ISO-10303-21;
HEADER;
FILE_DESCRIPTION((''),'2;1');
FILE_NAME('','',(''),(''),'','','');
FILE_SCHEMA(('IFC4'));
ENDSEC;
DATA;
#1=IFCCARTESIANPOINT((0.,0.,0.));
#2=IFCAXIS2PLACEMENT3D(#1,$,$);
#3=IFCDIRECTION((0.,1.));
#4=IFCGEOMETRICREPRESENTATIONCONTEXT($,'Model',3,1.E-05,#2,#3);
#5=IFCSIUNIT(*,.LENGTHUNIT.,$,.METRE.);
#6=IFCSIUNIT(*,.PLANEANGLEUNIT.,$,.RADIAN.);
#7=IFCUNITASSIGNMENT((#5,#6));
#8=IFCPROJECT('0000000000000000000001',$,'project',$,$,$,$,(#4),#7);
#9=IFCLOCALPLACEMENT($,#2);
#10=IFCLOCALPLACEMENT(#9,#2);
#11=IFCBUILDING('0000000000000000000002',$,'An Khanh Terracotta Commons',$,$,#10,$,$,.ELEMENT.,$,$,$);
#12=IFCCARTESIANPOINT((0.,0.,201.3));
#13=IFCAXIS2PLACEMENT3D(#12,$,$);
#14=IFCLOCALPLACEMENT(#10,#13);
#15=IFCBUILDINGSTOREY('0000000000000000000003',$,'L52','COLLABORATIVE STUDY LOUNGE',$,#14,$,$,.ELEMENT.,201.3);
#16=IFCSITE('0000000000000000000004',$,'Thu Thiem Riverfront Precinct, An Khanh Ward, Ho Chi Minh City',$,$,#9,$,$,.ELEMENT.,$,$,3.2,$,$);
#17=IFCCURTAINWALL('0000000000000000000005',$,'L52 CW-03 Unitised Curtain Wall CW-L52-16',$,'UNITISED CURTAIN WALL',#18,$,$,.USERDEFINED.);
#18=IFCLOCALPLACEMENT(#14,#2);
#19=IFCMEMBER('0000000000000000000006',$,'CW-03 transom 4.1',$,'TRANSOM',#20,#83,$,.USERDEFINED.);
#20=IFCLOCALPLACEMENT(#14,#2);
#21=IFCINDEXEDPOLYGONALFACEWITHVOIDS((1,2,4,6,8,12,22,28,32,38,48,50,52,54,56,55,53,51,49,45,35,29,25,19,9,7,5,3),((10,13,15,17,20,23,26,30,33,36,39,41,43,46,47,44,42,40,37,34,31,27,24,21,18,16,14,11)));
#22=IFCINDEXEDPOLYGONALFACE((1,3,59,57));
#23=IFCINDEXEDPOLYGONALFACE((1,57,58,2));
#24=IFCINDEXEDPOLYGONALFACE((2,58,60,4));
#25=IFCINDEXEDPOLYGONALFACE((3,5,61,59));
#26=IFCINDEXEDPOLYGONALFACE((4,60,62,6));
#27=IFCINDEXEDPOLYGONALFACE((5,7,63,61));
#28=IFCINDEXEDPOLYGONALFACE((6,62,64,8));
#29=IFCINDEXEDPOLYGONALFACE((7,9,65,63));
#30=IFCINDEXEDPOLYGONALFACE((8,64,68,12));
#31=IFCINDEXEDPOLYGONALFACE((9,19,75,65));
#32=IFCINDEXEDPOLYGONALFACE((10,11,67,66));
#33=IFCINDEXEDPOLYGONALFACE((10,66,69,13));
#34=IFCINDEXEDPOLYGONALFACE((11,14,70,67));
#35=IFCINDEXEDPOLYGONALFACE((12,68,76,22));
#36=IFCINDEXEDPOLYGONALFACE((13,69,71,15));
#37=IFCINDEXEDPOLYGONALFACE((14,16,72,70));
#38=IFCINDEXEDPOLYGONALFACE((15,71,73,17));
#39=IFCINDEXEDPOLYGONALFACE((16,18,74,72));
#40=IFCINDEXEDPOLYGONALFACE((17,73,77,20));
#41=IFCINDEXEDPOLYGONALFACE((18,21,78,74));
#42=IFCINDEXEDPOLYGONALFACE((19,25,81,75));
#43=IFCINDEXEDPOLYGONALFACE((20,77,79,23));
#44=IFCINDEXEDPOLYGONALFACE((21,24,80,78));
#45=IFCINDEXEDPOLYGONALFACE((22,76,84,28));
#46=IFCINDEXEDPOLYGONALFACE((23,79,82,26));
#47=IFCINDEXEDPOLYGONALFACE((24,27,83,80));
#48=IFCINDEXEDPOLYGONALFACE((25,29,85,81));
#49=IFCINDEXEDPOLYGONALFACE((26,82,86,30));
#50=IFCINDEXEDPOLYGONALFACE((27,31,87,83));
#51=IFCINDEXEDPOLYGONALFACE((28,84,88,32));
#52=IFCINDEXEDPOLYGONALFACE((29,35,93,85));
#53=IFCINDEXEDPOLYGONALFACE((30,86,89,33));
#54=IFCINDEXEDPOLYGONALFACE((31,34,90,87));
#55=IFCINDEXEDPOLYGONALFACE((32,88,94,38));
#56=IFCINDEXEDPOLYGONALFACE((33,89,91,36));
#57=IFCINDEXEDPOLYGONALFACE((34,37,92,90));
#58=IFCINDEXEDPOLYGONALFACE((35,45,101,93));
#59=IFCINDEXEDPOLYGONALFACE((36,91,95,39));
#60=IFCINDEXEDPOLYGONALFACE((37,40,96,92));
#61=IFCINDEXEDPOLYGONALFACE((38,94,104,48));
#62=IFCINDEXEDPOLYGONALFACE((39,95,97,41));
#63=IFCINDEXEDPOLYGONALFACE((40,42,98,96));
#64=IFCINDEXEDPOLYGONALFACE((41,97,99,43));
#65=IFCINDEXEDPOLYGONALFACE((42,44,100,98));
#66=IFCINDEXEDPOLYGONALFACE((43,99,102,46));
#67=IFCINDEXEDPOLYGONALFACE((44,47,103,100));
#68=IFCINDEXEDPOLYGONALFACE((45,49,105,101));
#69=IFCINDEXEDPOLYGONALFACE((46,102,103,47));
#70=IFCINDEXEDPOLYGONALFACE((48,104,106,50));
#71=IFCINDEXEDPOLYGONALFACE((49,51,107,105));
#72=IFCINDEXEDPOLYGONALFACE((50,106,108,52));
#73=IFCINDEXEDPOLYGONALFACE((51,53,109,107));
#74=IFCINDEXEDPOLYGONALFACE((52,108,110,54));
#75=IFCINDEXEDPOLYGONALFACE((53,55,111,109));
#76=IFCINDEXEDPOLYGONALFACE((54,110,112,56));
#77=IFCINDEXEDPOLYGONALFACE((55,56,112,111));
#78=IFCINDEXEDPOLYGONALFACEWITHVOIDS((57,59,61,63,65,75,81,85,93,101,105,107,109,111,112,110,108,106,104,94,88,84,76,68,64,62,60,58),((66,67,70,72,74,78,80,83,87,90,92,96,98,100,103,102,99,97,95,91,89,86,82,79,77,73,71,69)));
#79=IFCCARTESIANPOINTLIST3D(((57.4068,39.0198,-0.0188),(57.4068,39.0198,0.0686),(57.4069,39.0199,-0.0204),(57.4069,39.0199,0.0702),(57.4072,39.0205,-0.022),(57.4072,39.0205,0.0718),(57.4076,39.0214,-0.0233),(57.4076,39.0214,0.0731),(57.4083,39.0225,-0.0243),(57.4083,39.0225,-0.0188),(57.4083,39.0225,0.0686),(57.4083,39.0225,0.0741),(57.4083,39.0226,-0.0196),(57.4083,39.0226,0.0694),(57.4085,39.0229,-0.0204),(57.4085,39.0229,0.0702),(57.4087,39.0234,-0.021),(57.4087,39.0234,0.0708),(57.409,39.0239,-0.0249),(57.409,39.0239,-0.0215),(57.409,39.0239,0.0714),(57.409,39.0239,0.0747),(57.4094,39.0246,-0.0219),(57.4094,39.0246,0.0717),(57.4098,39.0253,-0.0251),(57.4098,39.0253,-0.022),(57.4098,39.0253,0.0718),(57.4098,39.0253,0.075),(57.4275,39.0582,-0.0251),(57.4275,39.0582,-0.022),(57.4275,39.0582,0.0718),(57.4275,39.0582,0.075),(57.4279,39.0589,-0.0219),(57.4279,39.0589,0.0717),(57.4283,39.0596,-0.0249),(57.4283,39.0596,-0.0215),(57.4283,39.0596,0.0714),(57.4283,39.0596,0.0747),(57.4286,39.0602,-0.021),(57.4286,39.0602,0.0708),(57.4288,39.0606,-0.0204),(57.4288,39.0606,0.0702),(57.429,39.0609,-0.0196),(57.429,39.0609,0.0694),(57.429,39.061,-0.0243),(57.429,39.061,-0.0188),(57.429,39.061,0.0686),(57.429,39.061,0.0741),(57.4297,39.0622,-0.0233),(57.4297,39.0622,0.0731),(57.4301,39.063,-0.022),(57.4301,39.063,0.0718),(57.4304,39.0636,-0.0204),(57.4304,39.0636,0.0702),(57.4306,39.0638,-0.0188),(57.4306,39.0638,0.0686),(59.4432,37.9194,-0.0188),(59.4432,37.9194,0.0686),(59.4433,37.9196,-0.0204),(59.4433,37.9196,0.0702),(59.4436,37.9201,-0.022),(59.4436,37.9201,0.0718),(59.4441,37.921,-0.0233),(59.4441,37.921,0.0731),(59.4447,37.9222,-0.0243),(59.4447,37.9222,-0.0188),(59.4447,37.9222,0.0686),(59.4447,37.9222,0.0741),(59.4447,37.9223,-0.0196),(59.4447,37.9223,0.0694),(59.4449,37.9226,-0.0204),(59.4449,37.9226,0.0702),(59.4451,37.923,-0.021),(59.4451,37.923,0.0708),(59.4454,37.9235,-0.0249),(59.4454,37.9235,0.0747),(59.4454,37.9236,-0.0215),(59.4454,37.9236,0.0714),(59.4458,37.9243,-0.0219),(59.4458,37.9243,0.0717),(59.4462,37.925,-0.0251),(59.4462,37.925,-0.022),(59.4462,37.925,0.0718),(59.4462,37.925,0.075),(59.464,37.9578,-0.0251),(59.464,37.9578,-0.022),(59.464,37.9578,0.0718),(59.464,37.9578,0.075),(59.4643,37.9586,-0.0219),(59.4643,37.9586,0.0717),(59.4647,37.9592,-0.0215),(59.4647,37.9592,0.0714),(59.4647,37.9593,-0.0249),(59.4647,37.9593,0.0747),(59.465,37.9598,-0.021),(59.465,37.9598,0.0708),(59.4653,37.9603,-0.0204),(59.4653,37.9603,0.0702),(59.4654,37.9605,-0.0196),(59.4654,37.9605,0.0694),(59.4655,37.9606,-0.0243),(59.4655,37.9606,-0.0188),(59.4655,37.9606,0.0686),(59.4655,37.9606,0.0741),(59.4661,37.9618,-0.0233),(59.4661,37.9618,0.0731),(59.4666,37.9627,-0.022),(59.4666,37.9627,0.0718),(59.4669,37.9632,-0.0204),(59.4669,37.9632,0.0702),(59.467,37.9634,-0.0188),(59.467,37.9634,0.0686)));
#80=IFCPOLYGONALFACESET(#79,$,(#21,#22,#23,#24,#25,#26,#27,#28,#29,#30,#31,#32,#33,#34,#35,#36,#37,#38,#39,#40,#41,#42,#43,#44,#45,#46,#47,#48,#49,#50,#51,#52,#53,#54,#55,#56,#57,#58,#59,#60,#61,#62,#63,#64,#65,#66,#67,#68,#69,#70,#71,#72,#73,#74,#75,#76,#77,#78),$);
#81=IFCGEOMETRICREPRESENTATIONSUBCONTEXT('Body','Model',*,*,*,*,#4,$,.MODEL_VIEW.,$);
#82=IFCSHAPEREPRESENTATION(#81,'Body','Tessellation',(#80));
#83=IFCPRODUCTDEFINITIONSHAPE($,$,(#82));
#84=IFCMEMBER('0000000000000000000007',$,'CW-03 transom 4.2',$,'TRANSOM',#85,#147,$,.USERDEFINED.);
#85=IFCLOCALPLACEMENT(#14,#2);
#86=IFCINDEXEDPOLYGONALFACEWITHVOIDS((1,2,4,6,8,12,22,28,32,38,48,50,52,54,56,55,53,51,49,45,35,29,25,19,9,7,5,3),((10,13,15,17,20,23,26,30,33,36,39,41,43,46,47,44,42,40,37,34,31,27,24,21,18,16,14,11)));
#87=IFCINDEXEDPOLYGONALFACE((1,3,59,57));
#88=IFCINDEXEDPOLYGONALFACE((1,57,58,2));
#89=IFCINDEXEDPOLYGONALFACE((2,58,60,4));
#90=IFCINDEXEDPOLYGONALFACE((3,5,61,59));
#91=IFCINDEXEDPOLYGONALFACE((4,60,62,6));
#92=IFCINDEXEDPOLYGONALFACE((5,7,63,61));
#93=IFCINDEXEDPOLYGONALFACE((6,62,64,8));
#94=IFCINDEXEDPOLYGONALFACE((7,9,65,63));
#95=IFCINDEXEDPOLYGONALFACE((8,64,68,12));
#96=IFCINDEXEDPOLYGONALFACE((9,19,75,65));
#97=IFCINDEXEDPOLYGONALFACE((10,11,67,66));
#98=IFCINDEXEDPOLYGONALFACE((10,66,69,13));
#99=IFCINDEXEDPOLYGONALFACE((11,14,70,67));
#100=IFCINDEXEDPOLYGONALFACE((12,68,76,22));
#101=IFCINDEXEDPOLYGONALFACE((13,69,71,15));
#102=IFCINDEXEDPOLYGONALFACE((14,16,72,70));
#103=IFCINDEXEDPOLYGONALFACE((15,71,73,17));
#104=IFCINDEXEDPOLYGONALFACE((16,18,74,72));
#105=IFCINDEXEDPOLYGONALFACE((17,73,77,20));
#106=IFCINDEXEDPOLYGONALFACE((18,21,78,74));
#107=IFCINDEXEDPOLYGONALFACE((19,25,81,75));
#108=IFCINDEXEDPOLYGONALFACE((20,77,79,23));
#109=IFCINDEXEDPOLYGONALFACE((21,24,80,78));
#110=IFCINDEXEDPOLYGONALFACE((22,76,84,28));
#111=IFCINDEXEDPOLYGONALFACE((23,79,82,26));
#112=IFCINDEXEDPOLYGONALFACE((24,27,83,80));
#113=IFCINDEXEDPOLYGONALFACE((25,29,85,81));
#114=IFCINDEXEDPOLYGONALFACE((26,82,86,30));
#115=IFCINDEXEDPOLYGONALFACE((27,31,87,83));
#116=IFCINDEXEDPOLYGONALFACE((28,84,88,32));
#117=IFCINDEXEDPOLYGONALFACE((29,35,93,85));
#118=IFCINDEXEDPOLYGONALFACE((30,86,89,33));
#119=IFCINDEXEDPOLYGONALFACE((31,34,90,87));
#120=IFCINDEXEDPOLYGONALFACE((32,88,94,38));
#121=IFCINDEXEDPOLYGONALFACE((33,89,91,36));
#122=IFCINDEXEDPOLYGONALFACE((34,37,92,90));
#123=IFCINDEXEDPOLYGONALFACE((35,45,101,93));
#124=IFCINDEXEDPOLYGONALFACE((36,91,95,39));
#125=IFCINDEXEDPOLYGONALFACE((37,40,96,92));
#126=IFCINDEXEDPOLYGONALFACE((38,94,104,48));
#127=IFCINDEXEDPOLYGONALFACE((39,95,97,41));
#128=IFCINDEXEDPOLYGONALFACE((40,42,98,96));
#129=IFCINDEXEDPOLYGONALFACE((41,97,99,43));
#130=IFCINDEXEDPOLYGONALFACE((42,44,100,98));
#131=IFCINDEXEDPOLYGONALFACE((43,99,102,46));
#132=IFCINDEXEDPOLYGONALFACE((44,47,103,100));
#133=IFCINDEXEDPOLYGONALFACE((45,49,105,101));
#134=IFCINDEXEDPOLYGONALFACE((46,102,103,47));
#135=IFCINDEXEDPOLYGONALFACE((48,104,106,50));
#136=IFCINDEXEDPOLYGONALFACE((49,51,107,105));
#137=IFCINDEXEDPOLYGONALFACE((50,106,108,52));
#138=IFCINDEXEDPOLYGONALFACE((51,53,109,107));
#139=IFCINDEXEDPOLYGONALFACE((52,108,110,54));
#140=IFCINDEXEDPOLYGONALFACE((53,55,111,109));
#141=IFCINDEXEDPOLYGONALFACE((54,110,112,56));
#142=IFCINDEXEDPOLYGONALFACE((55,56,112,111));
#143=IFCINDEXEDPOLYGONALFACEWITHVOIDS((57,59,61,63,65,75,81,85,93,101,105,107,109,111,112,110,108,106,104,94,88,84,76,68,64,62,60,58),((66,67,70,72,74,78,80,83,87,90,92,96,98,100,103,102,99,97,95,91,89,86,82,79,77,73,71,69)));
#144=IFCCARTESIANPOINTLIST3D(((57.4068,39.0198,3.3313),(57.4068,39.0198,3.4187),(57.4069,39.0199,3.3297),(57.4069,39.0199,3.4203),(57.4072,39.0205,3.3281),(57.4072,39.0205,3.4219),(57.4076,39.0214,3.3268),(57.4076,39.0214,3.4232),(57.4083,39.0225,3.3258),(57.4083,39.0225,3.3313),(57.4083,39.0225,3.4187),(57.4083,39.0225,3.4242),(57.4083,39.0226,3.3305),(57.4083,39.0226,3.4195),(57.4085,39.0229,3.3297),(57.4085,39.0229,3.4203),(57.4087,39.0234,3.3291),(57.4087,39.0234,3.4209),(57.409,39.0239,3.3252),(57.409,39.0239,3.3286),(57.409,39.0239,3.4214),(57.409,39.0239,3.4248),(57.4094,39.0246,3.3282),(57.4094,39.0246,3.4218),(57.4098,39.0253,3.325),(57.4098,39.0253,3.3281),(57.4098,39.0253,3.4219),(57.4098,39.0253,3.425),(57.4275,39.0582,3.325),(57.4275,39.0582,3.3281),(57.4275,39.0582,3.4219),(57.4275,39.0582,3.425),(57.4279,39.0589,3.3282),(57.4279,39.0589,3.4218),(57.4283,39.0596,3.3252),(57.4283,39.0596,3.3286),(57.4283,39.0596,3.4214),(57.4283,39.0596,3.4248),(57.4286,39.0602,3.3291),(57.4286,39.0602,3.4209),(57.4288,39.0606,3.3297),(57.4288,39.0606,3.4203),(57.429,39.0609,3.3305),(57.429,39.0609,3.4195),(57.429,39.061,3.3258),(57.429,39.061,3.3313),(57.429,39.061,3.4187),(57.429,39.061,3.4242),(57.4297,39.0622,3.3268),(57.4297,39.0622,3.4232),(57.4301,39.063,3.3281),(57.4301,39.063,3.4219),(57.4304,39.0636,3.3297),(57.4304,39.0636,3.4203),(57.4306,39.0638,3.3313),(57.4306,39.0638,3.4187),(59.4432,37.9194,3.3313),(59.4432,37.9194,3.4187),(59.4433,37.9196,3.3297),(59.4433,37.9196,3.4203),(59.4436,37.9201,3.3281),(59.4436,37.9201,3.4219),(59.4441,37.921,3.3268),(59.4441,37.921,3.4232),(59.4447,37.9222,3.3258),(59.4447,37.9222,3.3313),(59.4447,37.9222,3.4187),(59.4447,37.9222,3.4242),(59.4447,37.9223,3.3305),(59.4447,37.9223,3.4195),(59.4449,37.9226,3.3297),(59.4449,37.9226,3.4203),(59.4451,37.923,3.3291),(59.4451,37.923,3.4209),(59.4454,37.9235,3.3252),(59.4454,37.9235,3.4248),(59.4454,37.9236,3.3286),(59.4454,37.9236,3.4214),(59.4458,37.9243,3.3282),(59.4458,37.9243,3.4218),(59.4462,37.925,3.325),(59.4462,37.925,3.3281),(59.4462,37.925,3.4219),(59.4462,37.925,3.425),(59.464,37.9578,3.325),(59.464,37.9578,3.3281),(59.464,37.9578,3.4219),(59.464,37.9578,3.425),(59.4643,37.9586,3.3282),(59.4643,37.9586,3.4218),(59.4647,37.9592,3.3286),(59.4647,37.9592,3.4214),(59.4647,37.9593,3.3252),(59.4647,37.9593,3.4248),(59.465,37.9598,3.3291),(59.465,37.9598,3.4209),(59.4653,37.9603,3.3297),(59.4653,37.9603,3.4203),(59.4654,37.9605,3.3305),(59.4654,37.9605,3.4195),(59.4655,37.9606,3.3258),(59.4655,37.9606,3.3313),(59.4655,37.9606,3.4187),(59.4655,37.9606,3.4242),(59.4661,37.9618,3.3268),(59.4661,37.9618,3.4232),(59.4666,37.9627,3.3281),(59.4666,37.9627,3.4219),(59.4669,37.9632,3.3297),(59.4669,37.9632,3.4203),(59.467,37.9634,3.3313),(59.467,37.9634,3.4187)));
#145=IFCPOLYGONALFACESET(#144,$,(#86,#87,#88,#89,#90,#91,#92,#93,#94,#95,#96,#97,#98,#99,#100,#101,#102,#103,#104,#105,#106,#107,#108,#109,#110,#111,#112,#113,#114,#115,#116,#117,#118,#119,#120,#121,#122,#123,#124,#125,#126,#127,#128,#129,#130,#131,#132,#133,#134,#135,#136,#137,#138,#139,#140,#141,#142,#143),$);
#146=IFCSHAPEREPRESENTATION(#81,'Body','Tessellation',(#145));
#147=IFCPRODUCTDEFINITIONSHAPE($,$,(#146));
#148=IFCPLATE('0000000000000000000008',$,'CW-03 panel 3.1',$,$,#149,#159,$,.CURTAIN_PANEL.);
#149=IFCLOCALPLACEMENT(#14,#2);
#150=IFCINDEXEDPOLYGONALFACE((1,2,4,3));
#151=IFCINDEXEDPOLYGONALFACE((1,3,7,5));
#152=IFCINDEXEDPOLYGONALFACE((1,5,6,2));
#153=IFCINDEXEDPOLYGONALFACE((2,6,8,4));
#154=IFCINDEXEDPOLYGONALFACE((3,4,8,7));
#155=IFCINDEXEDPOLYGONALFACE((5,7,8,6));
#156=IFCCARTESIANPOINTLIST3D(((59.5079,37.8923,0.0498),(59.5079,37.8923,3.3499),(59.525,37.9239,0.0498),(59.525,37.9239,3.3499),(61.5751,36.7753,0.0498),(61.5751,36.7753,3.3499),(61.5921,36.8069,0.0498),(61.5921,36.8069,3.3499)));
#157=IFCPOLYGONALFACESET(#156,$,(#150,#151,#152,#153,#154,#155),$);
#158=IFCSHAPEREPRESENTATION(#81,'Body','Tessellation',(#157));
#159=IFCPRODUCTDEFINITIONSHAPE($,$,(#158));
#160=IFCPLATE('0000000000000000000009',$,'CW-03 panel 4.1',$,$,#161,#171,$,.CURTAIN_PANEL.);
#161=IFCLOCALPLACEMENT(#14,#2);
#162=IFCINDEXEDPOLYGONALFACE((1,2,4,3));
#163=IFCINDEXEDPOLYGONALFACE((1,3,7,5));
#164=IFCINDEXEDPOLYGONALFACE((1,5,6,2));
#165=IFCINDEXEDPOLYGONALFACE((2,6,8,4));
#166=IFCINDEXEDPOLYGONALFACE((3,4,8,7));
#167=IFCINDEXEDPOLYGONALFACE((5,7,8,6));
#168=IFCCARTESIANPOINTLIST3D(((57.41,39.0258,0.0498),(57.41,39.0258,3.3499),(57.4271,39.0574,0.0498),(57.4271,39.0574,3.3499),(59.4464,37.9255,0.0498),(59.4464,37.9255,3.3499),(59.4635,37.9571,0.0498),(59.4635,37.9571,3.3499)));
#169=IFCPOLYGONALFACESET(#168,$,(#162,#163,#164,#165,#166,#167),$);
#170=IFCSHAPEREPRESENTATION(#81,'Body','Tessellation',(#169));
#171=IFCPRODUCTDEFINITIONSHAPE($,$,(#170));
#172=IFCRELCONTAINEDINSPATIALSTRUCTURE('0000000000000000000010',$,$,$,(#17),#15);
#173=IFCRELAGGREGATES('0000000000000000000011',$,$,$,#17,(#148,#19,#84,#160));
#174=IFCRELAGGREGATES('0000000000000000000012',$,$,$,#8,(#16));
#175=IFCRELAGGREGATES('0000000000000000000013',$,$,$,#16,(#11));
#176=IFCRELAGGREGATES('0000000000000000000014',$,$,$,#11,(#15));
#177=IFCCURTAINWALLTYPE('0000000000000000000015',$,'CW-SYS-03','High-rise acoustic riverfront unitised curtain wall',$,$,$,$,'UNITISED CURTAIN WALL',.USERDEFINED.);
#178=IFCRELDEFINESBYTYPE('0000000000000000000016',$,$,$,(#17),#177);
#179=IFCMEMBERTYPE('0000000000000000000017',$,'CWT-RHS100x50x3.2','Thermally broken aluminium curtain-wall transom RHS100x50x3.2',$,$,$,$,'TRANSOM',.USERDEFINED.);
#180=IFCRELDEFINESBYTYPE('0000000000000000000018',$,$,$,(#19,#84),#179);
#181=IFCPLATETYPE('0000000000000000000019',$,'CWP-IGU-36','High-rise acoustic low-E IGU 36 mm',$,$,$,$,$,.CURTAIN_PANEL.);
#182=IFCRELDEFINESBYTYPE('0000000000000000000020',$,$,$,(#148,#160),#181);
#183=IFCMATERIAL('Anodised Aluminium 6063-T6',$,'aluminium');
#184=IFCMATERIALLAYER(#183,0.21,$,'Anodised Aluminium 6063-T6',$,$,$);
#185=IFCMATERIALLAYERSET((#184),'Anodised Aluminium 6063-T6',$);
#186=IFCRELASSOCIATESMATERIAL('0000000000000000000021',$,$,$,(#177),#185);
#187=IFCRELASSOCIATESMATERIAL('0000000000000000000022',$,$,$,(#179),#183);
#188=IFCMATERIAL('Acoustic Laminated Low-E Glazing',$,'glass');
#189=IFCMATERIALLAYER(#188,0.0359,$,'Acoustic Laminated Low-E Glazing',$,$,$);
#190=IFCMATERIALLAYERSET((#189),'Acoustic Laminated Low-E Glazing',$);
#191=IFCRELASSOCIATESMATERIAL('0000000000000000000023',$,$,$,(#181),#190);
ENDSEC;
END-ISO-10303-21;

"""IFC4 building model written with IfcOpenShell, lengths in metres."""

from ifc_helpers import new_model, si_unit, direction, frame, origin, origin_2d, place, context, subcontext, project, spatial, rectangle, hollow_rectangle, extrude, material, layer, layer_set, material_profile, profile_set, type_object, element, aggregate, save


model = new_model("IFC4")

# Units and contexts
model_context = context("Model", 3, precision=1e-05, world=origin(), true_north=direction((0.0, 1.0)))
body_context = subcontext(model_context, "Body", "Model", "MODEL_VIEW")
ifc_project = project(units=[si_unit("LENGTHUNIT", "METRE"), si_unit("PLANEANGLEUNIT", "RADIAN")], contexts=[model_context])

# Site, building, storey
site_placement = place(None, origin())
site = spatial("IfcSite", under=ifc_project, at=site_placement, Name="Thu Thiem Riverfront Precinct, An Khanh Ward, Ho Chi Minh City", CompositionType="ELEMENT", RefElevation=3.2)
building_placement = place(site_placement, origin())
building = spatial("IfcBuilding", under=site, at=building_placement, Name="An Khanh Terracotta Commons", CompositionType="ELEMENT")
storey_placement = place(building_placement, frame((0.0, 0.0, 201.3)))
storey = spatial("IfcBuildingStorey", under=building, at=storey_placement, Name="L52", Description="COLLABORATIVE STUDY LOUNGE", CompositionType="ELEMENT", Elevation=201.3)

# Curtain wall, members, plates
ifc_material_1 = material(Name="Anodised Aluminium 6063-T6", Category="aluminium")
ifc_layer_1 = layer(ifc_material_1, 0.21, Name="Anodised Aluminium 6063-T6")
ifc_layer_set_1 = layer_set([ifc_layer_1], Name="Anodised Aluminium 6063-T6")
curtain_wall_type = type_object("IfcCurtainWallType", Name="CW-SYS-03", Description="High-rise acoustic riverfront unitised curtain wall", ElementType="UNITISED CURTAIN WALL", PredefinedType="USERDEFINED", material=ifc_layer_set_1)
curtain_wall_placement = place(storey_placement, origin())
curtain_wall = element("IfcCurtainWall", 1, at=curtain_wall_placement, inside=storey, type_object=curtain_wall_type, Name="L52 CW-03 Unitised Curtain Wall CW-L52-16", ObjectType="UNITISED CURTAIN WALL", PredefinedType="USERDEFINED")
ifc_material_profile_1 = material_profile(ifc_material_1, hollow_rectangle(XDim=0.05, YDim=0.1001, WallThickness=0.0032, InnerFilletRadius=0.0032, OuterFilletRadius=0.0063, at=origin_2d()), Name="RHS100x50x3.2")
ifc_profile_set_1 = profile_set([ifc_material_profile_1], Name="Anodised Aluminium 6063-T6")
member_type_1 = type_object("IfcMemberType", Name="CWT-RHS100x50x3.2", Description="Thermally broken aluminium curtain-wall transom RHS100x50x3.2", ElementType="TRANSOM", PredefinedType="USERDEFINED", material=ifc_profile_set_1)
member_1_placement = place(storey_placement, frame((59.4551, 37.9414, 0.0249), z_axis=(-0.879779, 0.475382, 0.0), x_axis=(-0.475382, -0.879779, 0.0)))
member_1 = element("IfcMember", 2, at=member_1_placement, type_object=member_type_1, Name="CW-03 transom 4.1", ObjectType="TRANSOM", PredefinedType="USERDEFINED", context=body_context, shape_type="SweptSolid", body=[
    extrude(hollow_rectangle(XDim=0.05, YDim=0.1001, WallThickness=0.0032, InnerFilletRadius=0.0032, OuterFilletRadius=0.0063, at=origin_2d()), origin(), (0.0, 0.0, 1.0), 2.3147),
])
member_2_placement = place(storey_placement, frame((59.4551, 37.9414, 3.375), z_axis=(-0.879779, 0.475382, 0.0), x_axis=(-0.475382, -0.879779, 0.0)))
member_2 = element("IfcMember", 3, at=member_2_placement, type_object=member_type_1, Name="CW-03 transom 4.2", ObjectType="TRANSOM", PredefinedType="USERDEFINED", context=body_context, shape_type="SweptSolid", body=[
    extrude(hollow_rectangle(XDim=0.05, YDim=0.1001, WallThickness=0.0032, InnerFilletRadius=0.0032, OuterFilletRadius=0.0063, at=origin_2d()), origin(), (0.0, 0.0, 1.0), 2.3147),
])
ifc_material_2 = material(Name="Acoustic Laminated Low-E Glazing", Category="glass")
ifc_layer_2 = layer(ifc_material_2, 0.0359, Name="Acoustic Laminated Low-E Glazing")
ifc_layer_set_2 = layer_set([ifc_layer_2], Name="Acoustic Laminated Low-E Glazing")
plate_type = type_object("IfcPlateType", Name="CWP-IGU-36", Description="High-rise acoustic low-E IGU 36 mm", PredefinedType="CURTAIN_PANEL", material=ifc_layer_set_2)
plate_1_placement = place(storey_placement, frame((60.55, 37.3496, 0.0498), z_axis=(0.0, 0.0, 1.0), x_axis=(-0.87978, 0.475381, 0.0)))
plate_1 = element("IfcPlate", 4, at=plate_1_placement, type_object=plate_type, Name="CW-03 panel 3.1", PredefinedType="CURTAIN_PANEL", context=body_context, shape_type="SweptSolid", body=[
    extrude(rectangle(XDim=2.3496, YDim=0.0359, at=origin_2d()), origin(), (0.0, 0.0, 1.0), 3.3),
])
plate_2_placement = place(storey_placement, frame((58.4368, 38.4915, 0.0498), z_axis=(0.0, 0.0, 1.0), x_axis=(-0.87978, 0.475381, 0.0)))
plate_2 = element("IfcPlate", 5, at=plate_2_placement, type_object=plate_type, Name="CW-03 panel 4.1", PredefinedType="CURTAIN_PANEL", context=body_context, shape_type="SweptSolid", body=[
    extrude(rectangle(XDim=2.3147, YDim=0.0359, at=origin_2d()), origin(), (0.0, 0.0, 1.0), 3.3),
])
aggregate(curtain_wall, [plate_1, member_1, member_2, plate_2])

save(model, "model.ifc")
